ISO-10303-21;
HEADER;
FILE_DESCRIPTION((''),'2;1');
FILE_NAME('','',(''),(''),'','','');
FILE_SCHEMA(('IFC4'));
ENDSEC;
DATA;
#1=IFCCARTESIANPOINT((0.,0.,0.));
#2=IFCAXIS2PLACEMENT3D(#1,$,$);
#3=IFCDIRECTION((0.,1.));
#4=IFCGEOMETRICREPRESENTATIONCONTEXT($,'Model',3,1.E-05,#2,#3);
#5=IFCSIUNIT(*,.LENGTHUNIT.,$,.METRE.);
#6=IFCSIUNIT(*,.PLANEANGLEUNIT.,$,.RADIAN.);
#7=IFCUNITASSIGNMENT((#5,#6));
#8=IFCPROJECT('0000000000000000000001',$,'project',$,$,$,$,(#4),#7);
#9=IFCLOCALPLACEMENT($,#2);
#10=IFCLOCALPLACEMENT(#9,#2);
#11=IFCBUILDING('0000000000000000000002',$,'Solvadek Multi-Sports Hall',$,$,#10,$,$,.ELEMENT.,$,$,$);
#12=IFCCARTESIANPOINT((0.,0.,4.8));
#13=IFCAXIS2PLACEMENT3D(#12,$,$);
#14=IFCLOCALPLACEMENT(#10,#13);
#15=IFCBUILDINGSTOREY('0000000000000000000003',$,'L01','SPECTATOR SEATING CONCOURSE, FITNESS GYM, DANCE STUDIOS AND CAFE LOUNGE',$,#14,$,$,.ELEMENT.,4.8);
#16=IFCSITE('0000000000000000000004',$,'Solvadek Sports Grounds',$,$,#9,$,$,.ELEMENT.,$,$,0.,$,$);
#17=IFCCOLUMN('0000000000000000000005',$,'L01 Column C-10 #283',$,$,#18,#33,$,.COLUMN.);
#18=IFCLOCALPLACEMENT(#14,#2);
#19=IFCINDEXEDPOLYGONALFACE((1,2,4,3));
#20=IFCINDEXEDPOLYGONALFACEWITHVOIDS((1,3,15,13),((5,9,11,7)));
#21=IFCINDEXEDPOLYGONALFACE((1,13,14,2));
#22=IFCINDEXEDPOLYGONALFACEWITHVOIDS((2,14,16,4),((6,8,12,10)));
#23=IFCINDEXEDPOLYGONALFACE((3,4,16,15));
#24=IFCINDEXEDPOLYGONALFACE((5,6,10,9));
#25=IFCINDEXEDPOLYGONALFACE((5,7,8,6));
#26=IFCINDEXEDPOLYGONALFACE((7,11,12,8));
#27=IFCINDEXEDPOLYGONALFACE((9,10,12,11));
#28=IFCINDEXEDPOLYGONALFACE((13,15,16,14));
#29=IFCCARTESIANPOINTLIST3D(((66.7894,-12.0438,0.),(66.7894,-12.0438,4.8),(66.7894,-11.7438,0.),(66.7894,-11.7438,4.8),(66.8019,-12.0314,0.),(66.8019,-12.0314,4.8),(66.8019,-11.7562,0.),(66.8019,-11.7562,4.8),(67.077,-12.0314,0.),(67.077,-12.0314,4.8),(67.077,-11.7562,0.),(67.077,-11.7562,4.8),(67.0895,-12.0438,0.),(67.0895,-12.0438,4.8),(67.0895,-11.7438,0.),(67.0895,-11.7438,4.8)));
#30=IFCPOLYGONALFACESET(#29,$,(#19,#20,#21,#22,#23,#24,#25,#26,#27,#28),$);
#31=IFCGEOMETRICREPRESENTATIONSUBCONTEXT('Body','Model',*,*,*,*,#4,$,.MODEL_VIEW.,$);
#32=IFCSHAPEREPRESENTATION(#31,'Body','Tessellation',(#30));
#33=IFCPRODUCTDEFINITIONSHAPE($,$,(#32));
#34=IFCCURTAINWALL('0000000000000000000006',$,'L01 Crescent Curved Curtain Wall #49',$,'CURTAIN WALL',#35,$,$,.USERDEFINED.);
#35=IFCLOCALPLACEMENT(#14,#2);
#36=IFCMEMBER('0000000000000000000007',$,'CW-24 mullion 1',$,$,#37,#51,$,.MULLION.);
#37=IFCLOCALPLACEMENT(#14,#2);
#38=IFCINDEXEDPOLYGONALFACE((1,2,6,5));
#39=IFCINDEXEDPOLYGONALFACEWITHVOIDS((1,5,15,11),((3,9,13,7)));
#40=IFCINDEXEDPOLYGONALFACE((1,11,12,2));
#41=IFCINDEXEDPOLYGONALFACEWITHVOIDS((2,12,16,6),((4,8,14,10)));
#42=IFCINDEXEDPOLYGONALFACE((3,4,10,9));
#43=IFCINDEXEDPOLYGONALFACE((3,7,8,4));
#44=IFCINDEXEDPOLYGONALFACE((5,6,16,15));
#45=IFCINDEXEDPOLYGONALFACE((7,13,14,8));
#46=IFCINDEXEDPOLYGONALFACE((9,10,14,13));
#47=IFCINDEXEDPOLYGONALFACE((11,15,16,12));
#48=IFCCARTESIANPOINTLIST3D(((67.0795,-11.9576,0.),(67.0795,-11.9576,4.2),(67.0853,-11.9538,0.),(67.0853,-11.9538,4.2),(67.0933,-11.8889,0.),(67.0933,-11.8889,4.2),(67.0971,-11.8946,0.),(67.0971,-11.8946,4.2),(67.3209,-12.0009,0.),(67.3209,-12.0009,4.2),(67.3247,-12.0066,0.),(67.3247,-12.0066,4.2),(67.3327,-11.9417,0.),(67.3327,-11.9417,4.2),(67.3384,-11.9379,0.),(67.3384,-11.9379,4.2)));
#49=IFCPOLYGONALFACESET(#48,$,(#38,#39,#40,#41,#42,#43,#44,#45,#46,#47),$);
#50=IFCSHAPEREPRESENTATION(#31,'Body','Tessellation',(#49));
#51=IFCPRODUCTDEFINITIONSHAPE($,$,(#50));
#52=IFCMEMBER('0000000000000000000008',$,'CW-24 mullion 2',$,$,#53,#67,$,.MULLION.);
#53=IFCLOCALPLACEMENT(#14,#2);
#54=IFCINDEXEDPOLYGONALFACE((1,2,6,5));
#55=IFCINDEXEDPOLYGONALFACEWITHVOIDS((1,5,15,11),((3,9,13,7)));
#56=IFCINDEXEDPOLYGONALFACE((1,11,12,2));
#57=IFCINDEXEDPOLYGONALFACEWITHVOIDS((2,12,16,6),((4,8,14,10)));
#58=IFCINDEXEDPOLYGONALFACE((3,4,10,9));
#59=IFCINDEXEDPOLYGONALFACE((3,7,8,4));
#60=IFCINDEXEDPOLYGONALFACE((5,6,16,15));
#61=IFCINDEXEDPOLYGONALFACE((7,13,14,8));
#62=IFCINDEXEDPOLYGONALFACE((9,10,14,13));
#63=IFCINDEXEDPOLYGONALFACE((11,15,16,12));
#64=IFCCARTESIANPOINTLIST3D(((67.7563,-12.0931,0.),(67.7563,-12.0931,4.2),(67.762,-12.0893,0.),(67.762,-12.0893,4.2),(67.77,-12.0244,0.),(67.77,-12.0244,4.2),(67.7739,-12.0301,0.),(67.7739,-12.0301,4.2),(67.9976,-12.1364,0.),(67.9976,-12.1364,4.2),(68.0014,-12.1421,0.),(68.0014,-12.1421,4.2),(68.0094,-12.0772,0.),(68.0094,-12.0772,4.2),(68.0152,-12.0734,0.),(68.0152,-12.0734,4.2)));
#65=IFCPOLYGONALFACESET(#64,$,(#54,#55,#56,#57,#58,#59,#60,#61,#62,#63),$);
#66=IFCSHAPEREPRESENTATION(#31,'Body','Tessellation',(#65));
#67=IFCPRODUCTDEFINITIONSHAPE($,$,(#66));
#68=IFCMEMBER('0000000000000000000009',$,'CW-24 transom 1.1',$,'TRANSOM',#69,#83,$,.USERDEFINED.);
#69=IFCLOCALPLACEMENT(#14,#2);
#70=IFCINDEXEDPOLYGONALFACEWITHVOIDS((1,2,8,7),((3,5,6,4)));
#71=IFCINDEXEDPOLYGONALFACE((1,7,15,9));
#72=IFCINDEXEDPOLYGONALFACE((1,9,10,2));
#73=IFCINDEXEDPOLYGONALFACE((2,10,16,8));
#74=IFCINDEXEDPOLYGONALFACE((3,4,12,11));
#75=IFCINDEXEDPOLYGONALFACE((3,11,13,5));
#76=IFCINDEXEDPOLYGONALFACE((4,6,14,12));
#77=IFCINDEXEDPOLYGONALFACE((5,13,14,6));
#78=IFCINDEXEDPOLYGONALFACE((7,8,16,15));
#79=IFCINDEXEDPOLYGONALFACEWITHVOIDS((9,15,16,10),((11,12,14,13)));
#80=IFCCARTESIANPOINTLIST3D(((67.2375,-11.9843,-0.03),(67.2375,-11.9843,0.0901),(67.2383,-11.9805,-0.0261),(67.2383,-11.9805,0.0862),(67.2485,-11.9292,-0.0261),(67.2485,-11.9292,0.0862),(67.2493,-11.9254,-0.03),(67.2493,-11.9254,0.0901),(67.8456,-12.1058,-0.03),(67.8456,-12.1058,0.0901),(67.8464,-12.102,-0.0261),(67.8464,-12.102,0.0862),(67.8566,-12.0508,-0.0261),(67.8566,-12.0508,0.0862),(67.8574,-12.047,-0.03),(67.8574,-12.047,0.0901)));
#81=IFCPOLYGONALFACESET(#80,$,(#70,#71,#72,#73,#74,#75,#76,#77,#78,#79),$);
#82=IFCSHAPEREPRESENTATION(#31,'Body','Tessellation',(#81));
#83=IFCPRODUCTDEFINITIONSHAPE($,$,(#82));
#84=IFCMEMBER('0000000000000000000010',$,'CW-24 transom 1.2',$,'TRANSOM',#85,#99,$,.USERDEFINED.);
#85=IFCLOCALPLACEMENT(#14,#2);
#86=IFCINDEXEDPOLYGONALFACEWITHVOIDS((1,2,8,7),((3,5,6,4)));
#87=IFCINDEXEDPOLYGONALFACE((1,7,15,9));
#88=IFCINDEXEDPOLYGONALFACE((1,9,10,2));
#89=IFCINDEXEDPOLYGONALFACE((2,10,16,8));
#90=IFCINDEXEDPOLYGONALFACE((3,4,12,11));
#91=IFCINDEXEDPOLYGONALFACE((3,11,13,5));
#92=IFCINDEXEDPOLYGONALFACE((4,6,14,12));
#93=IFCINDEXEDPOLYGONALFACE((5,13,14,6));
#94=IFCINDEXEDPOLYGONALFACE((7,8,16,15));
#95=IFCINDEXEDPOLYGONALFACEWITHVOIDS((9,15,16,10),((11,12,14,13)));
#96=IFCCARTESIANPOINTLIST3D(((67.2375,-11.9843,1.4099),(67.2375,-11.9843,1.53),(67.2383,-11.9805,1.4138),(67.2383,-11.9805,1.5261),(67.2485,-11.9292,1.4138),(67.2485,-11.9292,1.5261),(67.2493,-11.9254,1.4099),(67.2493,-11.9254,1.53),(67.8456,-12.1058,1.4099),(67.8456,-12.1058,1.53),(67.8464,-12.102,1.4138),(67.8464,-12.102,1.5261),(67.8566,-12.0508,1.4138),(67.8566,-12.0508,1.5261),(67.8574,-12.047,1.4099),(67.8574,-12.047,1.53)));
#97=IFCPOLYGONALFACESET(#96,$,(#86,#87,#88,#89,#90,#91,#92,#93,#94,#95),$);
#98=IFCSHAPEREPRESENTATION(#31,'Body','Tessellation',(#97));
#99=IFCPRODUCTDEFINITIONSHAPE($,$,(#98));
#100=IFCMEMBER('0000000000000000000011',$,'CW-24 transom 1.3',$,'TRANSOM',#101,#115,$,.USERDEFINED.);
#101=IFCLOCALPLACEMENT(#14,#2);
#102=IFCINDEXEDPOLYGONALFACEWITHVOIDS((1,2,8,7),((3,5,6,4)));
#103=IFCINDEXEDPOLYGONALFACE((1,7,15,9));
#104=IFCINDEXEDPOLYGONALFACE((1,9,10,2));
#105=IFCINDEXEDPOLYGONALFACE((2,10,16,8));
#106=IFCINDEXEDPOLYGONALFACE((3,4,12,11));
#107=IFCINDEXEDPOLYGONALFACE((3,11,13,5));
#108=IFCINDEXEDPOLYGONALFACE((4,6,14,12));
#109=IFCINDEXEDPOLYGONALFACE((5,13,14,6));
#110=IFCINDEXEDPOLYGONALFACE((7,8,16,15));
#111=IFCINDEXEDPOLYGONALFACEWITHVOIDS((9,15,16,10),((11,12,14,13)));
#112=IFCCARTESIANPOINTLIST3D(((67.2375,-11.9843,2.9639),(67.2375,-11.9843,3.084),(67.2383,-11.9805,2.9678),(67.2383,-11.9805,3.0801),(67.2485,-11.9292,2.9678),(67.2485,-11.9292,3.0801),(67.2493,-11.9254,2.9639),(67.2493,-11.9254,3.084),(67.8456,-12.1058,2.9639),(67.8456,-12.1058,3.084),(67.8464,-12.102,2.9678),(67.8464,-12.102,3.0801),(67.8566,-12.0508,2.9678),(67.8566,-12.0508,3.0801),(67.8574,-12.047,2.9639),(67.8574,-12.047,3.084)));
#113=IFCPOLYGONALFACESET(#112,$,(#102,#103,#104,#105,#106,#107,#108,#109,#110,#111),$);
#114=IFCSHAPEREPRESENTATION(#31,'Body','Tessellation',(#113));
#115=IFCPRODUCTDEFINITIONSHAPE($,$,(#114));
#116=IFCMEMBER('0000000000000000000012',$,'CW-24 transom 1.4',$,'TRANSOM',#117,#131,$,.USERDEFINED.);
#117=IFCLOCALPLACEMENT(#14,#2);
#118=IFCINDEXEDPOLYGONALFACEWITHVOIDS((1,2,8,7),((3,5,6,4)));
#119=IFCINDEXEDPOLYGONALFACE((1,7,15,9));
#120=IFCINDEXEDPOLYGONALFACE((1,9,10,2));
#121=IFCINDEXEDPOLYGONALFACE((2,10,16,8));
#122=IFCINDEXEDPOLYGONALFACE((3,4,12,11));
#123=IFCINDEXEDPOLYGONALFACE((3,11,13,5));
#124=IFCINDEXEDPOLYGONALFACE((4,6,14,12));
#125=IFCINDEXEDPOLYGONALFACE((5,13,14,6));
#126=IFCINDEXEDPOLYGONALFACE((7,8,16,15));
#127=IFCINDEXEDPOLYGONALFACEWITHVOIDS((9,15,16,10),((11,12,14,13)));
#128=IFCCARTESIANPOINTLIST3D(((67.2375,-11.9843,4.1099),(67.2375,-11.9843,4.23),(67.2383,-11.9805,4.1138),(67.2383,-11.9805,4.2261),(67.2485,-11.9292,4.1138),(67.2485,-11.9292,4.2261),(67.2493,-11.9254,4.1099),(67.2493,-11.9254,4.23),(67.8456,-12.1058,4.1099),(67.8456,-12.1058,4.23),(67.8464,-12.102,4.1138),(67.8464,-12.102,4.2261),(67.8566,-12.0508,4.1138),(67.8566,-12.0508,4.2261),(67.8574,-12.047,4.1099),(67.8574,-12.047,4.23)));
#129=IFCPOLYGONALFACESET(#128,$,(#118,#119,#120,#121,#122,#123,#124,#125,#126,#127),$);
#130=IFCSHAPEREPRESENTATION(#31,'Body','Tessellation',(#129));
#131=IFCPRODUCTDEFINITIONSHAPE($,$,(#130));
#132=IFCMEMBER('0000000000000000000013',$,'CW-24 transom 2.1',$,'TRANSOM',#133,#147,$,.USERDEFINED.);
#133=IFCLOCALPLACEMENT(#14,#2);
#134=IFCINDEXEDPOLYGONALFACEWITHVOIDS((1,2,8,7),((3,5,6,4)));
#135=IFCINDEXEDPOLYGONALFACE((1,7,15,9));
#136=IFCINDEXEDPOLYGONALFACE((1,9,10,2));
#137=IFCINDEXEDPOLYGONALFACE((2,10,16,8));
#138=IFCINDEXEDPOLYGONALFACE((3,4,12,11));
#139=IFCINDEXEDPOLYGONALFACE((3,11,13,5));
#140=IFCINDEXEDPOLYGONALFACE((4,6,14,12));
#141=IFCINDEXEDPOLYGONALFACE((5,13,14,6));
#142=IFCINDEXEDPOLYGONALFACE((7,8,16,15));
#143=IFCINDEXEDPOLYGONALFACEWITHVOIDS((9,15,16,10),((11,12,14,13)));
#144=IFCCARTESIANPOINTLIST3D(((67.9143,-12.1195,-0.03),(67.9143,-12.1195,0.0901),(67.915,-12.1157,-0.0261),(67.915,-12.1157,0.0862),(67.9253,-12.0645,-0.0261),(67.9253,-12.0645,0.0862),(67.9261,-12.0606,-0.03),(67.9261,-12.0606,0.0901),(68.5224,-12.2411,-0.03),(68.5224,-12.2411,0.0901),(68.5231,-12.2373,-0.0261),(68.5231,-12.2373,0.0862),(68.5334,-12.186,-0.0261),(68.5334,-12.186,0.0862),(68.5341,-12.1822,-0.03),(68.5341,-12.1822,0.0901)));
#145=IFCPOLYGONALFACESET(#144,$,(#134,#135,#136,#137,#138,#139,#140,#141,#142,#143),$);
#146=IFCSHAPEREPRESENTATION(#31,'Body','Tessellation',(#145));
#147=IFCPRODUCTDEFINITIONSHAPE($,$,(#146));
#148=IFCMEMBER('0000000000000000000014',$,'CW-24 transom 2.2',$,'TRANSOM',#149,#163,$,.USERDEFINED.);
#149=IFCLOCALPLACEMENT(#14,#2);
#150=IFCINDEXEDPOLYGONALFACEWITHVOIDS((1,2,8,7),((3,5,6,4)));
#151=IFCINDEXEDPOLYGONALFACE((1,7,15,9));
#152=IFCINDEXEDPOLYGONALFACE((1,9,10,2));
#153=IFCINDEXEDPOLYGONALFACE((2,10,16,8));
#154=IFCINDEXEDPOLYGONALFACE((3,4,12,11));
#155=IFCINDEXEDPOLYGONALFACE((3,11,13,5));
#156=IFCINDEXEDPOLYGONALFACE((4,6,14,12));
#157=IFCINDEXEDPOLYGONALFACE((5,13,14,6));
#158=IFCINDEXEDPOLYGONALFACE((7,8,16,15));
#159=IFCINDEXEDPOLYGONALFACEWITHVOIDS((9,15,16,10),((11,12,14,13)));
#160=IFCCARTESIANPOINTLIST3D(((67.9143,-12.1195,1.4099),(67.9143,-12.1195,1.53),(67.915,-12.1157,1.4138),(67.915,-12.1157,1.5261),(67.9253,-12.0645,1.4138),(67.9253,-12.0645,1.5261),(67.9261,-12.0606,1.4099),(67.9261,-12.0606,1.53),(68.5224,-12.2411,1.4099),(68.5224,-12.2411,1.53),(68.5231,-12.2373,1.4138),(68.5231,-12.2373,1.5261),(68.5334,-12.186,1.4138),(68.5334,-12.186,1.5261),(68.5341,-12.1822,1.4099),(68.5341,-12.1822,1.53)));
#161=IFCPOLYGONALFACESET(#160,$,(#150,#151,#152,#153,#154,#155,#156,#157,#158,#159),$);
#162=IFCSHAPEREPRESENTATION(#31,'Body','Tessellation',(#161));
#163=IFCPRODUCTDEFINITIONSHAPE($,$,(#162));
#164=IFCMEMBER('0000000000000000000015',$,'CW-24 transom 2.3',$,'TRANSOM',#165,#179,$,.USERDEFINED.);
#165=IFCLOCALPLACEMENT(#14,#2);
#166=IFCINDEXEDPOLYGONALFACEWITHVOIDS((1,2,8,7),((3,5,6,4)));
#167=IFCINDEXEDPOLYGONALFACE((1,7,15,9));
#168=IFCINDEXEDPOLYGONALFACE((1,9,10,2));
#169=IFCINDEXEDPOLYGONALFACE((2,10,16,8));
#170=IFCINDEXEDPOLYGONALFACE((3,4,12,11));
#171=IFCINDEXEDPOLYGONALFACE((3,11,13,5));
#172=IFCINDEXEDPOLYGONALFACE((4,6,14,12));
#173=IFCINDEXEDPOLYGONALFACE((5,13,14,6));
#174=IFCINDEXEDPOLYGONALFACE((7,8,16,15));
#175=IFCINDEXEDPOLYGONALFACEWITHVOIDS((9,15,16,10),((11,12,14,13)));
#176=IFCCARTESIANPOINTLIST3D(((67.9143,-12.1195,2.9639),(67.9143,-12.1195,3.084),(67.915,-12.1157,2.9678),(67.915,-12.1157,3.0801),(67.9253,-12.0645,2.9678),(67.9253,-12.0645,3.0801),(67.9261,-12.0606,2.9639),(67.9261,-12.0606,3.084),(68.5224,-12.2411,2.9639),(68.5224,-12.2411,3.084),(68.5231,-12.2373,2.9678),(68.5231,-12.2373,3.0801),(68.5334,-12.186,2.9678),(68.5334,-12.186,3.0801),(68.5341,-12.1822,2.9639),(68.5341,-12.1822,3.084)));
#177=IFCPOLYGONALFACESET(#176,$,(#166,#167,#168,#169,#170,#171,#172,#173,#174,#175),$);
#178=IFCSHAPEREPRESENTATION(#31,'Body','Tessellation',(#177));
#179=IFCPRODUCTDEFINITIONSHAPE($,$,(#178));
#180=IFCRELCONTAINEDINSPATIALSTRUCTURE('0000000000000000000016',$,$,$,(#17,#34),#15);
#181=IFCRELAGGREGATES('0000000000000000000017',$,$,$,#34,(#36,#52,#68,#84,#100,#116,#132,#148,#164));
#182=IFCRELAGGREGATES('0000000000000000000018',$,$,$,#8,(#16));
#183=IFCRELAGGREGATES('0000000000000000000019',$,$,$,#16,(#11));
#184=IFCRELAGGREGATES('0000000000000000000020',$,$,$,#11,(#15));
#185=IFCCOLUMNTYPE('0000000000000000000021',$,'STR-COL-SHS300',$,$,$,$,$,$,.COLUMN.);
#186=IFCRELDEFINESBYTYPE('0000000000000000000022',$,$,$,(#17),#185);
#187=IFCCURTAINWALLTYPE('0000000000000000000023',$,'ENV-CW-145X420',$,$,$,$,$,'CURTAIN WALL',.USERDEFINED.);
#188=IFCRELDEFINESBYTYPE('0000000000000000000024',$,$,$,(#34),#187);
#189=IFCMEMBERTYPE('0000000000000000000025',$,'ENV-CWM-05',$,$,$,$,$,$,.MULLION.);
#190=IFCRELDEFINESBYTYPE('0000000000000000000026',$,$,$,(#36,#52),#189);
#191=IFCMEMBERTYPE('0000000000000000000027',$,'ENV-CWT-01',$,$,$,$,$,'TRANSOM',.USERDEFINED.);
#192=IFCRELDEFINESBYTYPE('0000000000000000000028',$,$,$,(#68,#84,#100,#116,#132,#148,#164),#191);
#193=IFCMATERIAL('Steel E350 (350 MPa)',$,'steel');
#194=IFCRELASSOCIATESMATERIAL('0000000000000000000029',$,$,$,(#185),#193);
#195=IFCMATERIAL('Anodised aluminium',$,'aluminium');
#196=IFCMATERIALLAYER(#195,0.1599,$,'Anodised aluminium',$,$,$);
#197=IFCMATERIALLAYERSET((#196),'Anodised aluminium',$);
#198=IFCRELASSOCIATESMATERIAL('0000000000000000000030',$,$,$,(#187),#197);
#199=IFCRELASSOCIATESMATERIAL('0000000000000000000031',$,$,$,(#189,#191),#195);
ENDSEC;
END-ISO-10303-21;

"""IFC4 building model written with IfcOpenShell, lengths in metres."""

from ifc_helpers import new_model, si_unit, direction, frame, origin, origin_2d, place, context, subcontext, project, spatial, hollow_rectangle, extrude, material, layer, layer_set, material_profile, profile_set, type_object, element, aggregate, save


model = new_model("IFC4")

# Units and contexts
model_context = context("Model", 3, precision=1e-05, world=origin(), true_north=direction((0.0, 1.0)))
body_context = subcontext(model_context, "Body", "Model", "MODEL_VIEW")
ifc_project = project(units=[si_unit("LENGTHUNIT", "METRE"), si_unit("PLANEANGLEUNIT", "RADIAN")], contexts=[model_context])

# Site, building, storey
site_placement = place(None, origin())
site = spatial("IfcSite", under=ifc_project, at=site_placement, Name="Solvadek Sports Grounds", CompositionType="ELEMENT", RefElevation=0.0)
building_placement = place(site_placement, origin())
building = spatial("IfcBuilding", under=site, at=building_placement, Name="Solvadek Multi-Sports Hall", CompositionType="ELEMENT")
storey_placement = place(building_placement, frame((0.0, 0.0, 4.8)))
storey = spatial("IfcBuildingStorey", under=building, at=storey_placement, Name="L01", Description="SPECTATOR SEATING CONCOURSE, FITNESS GYM, DANCE STUDIOS AND CAFE LOUNGE", CompositionType="ELEMENT", Elevation=4.8)

# Column
ifc_material_1 = material(Name="Steel E350 (350 MPa)", Category="steel")
ifc_material_profile_1 = material_profile(ifc_material_1, hollow_rectangle(XDim=0.3, YDim=0.3, WallThickness=0.0125, at=origin_2d()), Name="SHS 300x300x12.5")
ifc_profile_set_1 = profile_set([ifc_material_profile_1], Name="Steel E350 (350 MPa)")
column_type = type_object("IfcColumnType", Name="STR-COL-SHS300", PredefinedType="COLUMN", material=ifc_profile_set_1)
column_placement = place(storey_placement, frame((66.9395, -11.8938, 0.0), z_axis=(0.0, 0.0, 1.0), x_axis=(1.0, 0.0, 0.0)))
element("IfcColumn", 1, at=column_placement, inside=storey, type_object=column_type, Name="L01 Column C-10 #283", PredefinedType="COLUMN", context=body_context, shape_type="SweptSolid", body=[
    extrude(hollow_rectangle(XDim=0.3, YDim=0.3, WallThickness=0.0125, at=origin_2d()), origin(), (0.0, 0.0, 1.0), 4.8),
])

# Curtain wall, members
ifc_material_2 = material(Name="Anodised aluminium", Category="aluminium")
ifc_layer_1 = layer(ifc_material_2, 0.1599, Name="Anodised aluminium")
ifc_layer_set_1 = layer_set([ifc_layer_1], Name="Anodised aluminium")
curtain_wall_type_1 = type_object("IfcCurtainWallType", Name="ENV-CW-145X420", ElementType="CURTAIN WALL", PredefinedType="USERDEFINED", material=ifc_layer_set_1)
curtain_wall_1_placement = place(storey_placement, origin())
curtain_wall_1 = element("IfcCurtainWall", 2, at=curtain_wall_1_placement, inside=storey, type_object=curtain_wall_type_1, Name="L01 Crescent Curved Curtain Wall #49", ObjectType="CURTAIN WALL", PredefinedType="USERDEFINED")
ifc_material_profile_2 = material_profile(ifc_material_2, hollow_rectangle(XDim=0.0701, YDim=0.25, WallThickness=0.0049, at=origin_2d()), Name="ALU-M 250x70x5")
ifc_profile_set_2 = profile_set([ifc_material_profile_2], Name="Anodised aluminium")
member_type_1 = type_object("IfcMemberType", Name="ENV-CWM-05", PredefinedType="MULLION", material=ifc_profile_set_2)
member_1_placement = place(storey_placement, frame((67.209, -11.9478, 0.0), z_axis=(0.0, 0.0, 1.0), x_axis=(0.196156, 0.980573, 0.0)))
member_1 = element("IfcMember", 3, at=member_1_placement, type_object=member_type_1, Name="CW-24 mullion 1", PredefinedType="MULLION", context=body_context, shape_type="SweptSolid", body=[
    extrude(hollow_rectangle(XDim=0.0701, YDim=0.25, WallThickness=0.0049, at=origin_2d()), origin(), (0.0, 0.0, 1.0), 4.2),
])
member_2_placement = place(storey_placement, frame((67.8857, -12.0833, 0.0), z_axis=(0.0, 0.0, 1.0), x_axis=(0.196156, 0.980573, 0.0)))
member_2 = element("IfcMember", 4, at=member_2_placement, type_object=member_type_1, Name="CW-24 mullion 2", PredefinedType="MULLION", context=body_context, shape_type="SweptSolid", body=[
    extrude(hollow_rectangle(XDim=0.0701, YDim=0.25, WallThickness=0.0049, at=origin_2d()), origin(), (0.0, 0.0, 1.0), 4.2),
])
ifc_material_profile_3 = material_profile(ifc_material_2, hollow_rectangle(XDim=0.0601, YDim=0.1201, WallThickness=0.0039, at=origin_2d()), Name="ALU-T 120x60x4")
ifc_profile_set_3 = profile_set([ifc_material_profile_3], Name="Anodised aluminium")
member_type_2 = type_object("IfcMemberType", Name="ENV-CWT-01", ElementType="TRANSOM", PredefinedType="USERDEFINED", material=ifc_profile_set_3)
member_3_placement = place(storey_placement, frame((67.2434, -11.9548, 0.03), z_axis=(0.980596, -0.19604, 0.0), x_axis=(0.19604, 0.980596, 0.0)))
member_3 = element("IfcMember", 5, at=member_3_placement, type_object=member_type_2, Name="CW-24 transom 1.1", ObjectType="TRANSOM", PredefinedType="USERDEFINED", context=body_context, shape_type="SweptSolid", body=[
    extrude(hollow_rectangle(XDim=0.0601, YDim=0.1201, WallThickness=0.0039, at=origin_2d()), origin(), (0.0, 0.0, 1.0), 0.6201),
])
member_4_placement = place(storey_placement, frame((67.2434, -11.9548, 1.47), z_axis=(0.980596, -0.19604, 0.0), x_axis=(0.19604, 0.980596, 0.0)))
member_4 = element("IfcMember", 6, at=member_4_placement, type_object=member_type_2, Name="CW-24 transom 1.2", ObjectType="TRANSOM", PredefinedType="USERDEFINED", context=body_context, shape_type="SweptSolid", body=[
    extrude(hollow_rectangle(XDim=0.0601, YDim=0.1201, WallThickness=0.0039, at=origin_2d()), origin(), (0.0, 0.0, 1.0), 0.6201),
])
member_5_placement = place(storey_placement, frame((67.2434, -11.9548, 3.0239), z_axis=(0.980596, -0.19604, 0.0), x_axis=(0.19604, 0.980596, 0.0)))
member_5 = element("IfcMember", 7, at=member_5_placement, type_object=member_type_2, Name="CW-24 transom 1.3", ObjectType="TRANSOM", PredefinedType="USERDEFINED", context=body_context, shape_type="SweptSolid", body=[
    extrude(hollow_rectangle(XDim=0.0601, YDim=0.1201, WallThickness=0.0039, at=origin_2d()), origin(), (0.0, 0.0, 1.0), 0.6201),
])
member_6_placement = place(storey_placement, frame((67.2434, -11.9548, 4.1699), z_axis=(0.980596, -0.19604, 0.0), x_axis=(0.19604, 0.980596, 0.0)))
member_6 = element("IfcMember", 8, at=member_6_placement, type_object=member_type_2, Name="CW-24 transom 1.4", ObjectType="TRANSOM", PredefinedType="USERDEFINED", context=body_context, shape_type="SweptSolid", body=[
    extrude(hollow_rectangle(XDim=0.0601, YDim=0.1201, WallThickness=0.0039, at=origin_2d()), origin(), (0.0, 0.0, 1.0), 0.6201),
])
member_7_placement = place(storey_placement, frame((67.9202, -12.0901, 0.03), z_axis=(0.980596, -0.19604, 0.0), x_axis=(0.19604, 0.980596, 0.0)))
member_7 = element("IfcMember", 9, at=member_7_placement, type_object=member_type_2, Name="CW-24 transom 2.1", ObjectType="TRANSOM", PredefinedType="USERDEFINED", context=body_context, shape_type="SweptSolid", body=[
    extrude(hollow_rectangle(XDim=0.0601, YDim=0.1201, WallThickness=0.0039, at=origin_2d()), origin(), (0.0, 0.0, 1.0), 0.6201),
])
member_8_placement = place(storey_placement, frame((67.9202, -12.0901, 1.47), z_axis=(0.980596, -0.19604, 0.0), x_axis=(0.19604, 0.980596, 0.0)))
member_8 = element("IfcMember", 10, at=member_8_placement, type_object=member_type_2, Name="CW-24 transom 2.2", ObjectType="TRANSOM", PredefinedType="USERDEFINED", context=body_context, shape_type="SweptSolid", body=[
    extrude(hollow_rectangle(XDim=0.0601, YDim=0.1201, WallThickness=0.0039, at=origin_2d()), origin(), (0.0, 0.0, 1.0), 0.6201),
])
member_9_placement = place(storey_placement, frame((67.9202, -12.0901, 3.0239), z_axis=(0.980596, -0.19604, 0.0), x_axis=(0.19604, 0.980596, 0.0)))
member_9 = element("IfcMember", 11, at=member_9_placement, type_object=member_type_2, Name="CW-24 transom 2.3", ObjectType="TRANSOM", PredefinedType="USERDEFINED", context=body_context, shape_type="SweptSolid", body=[
    extrude(hollow_rectangle(XDim=0.0601, YDim=0.1201, WallThickness=0.0039, at=origin_2d()), origin(), (0.0, 0.0, 1.0), 0.6201),
])

aggregate(curtain_wall_1, [member_1, member_2, member_3, member_4, member_5, member_6, member_7, member_8, member_9])

save(model, "model.ifc")
